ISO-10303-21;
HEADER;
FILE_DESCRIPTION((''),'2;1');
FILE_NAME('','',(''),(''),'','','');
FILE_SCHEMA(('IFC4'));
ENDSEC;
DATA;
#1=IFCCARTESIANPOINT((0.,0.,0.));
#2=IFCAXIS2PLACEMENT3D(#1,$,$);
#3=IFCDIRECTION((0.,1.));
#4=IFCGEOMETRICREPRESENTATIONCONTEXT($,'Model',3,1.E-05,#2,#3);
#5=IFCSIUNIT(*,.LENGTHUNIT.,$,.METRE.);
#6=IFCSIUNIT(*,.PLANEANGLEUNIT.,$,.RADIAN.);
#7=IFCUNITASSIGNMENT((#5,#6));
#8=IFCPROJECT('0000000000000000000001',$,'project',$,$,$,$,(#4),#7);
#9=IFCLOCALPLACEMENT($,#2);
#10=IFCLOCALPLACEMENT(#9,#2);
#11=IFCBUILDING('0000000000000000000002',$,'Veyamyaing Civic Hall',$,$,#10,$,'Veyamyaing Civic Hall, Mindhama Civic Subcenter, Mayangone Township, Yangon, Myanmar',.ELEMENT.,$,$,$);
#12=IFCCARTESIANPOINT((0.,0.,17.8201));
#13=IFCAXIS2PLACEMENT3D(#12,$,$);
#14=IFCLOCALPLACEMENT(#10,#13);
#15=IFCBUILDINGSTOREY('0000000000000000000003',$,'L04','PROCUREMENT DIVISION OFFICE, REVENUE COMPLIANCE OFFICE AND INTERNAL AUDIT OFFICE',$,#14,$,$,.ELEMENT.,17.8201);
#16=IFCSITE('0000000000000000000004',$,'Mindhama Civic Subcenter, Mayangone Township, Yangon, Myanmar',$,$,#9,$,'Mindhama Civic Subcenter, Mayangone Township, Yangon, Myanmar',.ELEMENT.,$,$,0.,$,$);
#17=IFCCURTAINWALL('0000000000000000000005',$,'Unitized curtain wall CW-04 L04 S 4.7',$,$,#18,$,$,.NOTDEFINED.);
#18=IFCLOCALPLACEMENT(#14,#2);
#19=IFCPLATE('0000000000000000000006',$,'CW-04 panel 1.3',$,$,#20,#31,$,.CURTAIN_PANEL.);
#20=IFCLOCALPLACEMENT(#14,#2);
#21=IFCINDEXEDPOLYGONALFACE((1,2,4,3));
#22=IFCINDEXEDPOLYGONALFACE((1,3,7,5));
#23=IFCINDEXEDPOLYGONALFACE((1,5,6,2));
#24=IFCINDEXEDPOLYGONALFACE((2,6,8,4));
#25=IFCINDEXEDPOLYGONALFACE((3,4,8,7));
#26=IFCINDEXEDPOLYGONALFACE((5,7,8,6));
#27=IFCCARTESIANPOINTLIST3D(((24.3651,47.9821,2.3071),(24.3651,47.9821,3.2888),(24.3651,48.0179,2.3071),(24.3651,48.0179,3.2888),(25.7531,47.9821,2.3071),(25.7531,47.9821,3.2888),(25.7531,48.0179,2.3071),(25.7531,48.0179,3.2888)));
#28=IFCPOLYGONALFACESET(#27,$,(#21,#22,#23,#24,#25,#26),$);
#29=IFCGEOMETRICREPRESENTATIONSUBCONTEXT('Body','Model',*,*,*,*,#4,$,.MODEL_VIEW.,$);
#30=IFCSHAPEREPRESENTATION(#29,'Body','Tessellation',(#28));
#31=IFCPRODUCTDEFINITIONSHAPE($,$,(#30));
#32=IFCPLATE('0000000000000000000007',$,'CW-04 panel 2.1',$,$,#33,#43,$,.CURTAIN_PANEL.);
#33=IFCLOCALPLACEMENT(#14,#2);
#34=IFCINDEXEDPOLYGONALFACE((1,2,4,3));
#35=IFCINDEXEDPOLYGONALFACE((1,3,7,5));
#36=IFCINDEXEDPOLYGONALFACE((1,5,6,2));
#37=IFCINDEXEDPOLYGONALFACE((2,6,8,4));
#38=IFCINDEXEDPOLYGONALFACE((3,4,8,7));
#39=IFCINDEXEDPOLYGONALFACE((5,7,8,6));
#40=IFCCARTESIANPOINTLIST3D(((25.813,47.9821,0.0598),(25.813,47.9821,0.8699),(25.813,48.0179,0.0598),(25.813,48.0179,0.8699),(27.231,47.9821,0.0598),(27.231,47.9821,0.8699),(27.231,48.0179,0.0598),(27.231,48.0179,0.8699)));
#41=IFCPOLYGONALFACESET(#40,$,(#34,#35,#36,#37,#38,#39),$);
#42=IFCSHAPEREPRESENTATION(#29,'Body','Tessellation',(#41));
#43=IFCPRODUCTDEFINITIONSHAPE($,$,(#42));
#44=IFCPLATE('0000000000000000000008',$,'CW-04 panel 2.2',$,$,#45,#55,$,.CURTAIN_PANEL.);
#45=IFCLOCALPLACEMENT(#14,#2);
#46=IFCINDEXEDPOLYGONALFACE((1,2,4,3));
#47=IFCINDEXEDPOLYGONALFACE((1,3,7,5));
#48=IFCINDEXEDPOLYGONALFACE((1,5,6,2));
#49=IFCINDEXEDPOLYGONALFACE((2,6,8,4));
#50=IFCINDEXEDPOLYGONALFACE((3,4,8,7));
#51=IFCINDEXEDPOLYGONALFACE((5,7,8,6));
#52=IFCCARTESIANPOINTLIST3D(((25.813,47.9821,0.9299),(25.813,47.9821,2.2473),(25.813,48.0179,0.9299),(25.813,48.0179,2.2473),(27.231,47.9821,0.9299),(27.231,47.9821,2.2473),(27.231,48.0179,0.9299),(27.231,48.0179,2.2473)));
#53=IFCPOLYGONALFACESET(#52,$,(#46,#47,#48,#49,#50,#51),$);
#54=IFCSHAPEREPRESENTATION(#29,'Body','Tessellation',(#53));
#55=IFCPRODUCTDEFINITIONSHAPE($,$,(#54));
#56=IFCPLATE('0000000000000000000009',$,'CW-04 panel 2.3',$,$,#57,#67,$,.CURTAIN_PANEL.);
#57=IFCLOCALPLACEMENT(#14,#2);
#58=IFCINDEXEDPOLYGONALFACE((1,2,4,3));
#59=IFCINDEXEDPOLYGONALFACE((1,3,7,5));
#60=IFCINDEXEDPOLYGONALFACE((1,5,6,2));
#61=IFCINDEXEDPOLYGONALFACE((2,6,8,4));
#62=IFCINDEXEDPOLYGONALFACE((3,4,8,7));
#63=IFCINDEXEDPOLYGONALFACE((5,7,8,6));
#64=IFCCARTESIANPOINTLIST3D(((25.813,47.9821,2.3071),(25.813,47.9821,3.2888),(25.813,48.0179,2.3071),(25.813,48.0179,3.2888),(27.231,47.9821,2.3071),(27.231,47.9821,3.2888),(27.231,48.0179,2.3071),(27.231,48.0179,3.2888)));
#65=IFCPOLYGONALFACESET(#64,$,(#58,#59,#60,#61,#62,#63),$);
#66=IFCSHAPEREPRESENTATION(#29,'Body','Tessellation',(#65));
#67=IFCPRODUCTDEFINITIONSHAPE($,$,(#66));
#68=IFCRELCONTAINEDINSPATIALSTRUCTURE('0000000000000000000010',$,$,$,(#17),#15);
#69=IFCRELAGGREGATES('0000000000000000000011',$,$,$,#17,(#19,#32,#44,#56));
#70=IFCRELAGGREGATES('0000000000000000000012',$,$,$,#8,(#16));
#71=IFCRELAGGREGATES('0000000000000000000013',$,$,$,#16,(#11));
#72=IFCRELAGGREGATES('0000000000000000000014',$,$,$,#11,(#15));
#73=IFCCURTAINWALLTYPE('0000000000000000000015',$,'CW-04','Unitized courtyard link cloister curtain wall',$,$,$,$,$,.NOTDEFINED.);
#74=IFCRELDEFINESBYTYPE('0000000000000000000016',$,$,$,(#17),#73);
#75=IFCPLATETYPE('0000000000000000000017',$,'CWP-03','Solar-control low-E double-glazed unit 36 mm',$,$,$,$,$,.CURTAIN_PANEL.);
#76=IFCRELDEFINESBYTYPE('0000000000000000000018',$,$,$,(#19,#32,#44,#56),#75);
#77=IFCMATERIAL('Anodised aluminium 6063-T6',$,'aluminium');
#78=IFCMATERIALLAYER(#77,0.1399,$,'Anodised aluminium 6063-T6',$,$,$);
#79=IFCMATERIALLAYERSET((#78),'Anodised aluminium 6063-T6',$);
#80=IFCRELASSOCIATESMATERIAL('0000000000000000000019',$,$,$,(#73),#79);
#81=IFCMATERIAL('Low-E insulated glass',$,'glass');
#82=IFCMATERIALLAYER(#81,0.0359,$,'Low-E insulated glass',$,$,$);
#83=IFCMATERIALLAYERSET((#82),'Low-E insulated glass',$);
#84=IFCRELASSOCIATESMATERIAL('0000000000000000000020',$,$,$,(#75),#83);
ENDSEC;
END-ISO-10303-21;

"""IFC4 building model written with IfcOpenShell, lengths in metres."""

from ifc_helpers import new_model, si_unit, direction, frame, origin, origin_2d, place, context, subcontext, project, spatial, rectangle, extrude, material, layer, layer_set, type_object, element, aggregate, save


model = new_model("IFC4")

# Units and contexts
model_context = context("Model", 3, precision=1e-05, world=origin(), true_north=direction((0.0, 1.0)))
body_context = subcontext(model_context, "Body", "Model", "MODEL_VIEW")
ifc_project = project(units=[si_unit("LENGTHUNIT", "METRE"), si_unit("PLANEANGLEUNIT", "RADIAN")], contexts=[model_context])

# Site, building, storey
site_placement = place(None, origin())
site = spatial("IfcSite", under=ifc_project, at=site_placement, Name="Mindhama Civic Subcenter, Mayangone Township, Yangon, Myanmar", LongName="Mindhama Civic Subcenter, Mayangone Township, Yangon, Myanmar", CompositionType="ELEMENT", RefElevation=0.0)
building_placement = place(site_placement, origin())
building = spatial("IfcBuilding", under=site, at=building_placement, Name="Veyamyaing Civic Hall", LongName="Veyamyaing Civic Hall, Mindhama Civic Subcenter, Mayangone Township, Yangon, Myanmar", CompositionType="ELEMENT")
storey_placement = place(building_placement, frame((0.0, 0.0, 17.8201)))
storey = spatial("IfcBuildingStorey", under=building, at=storey_placement, Name="L04", Description="PROCUREMENT DIVISION OFFICE, REVENUE COMPLIANCE OFFICE AND INTERNAL AUDIT OFFICE", CompositionType="ELEMENT", Elevation=17.8201)

# Curtain wall
ifc_material_1 = material(Name="Anodised aluminium 6063-T6", Category="aluminium")
ifc_layer_1 = layer(ifc_material_1, 0.1399, Name="Anodised aluminium 6063-T6")
ifc_layer_set_1 = layer_set([ifc_layer_1], Name="Anodised aluminium 6063-T6")
curtain_wall_type = type_object("IfcCurtainWallType", Name="CW-04", Description="Unitized courtyard link cloister curtain wall", PredefinedType="NOTDEFINED", material=ifc_layer_set_1)
curtain_wall_1_placement = place(storey_placement, origin())
curtain_wall_1 = element("IfcCurtainWall", 1, at=curtain_wall_1_placement, inside=storey, type_object=curtain_wall_type, Name="Unitized curtain wall CW-04 L04 S 4.7", PredefinedType="NOTDEFINED")

# Plates
ifc_material_2 = material(Name="Low-E insulated glass", Category="glass")
ifc_layer_2 = layer(ifc_material_2, 0.0359, Name="Low-E insulated glass")
ifc_layer_set_2 = layer_set([ifc_layer_2], Name="Low-E insulated glass")
plate_type_1 = type_object("IfcPlateType", Name="CWP-03", Description="Solar-control low-E double-glazed unit 36 mm", PredefinedType="CURTAIN_PANEL", material=ifc_layer_set_2)
plate_1_placement = place(storey_placement, frame((25.0591, 48.0, 2.3071), z_axis=(0.0, 0.0, 1.0), x_axis=(1.0, 0.0, 0.0)))
plate_1 = element("IfcPlate", 2, at=plate_1_placement, type_object=plate_type_1, Name="CW-04 panel 1.3", PredefinedType="CURTAIN_PANEL", context=body_context, shape_type="SweptSolid", body=[
    extrude(rectangle(XDim=1.3879, YDim=0.0359, at=origin_2d()), origin(), (0.0, 0.0, 1.0), 0.9817),
])
plate_2_placement = place(storey_placement, frame((26.522, 48.0, 0.0598), z_axis=(0.0, 0.0, 1.0), x_axis=(1.0, 0.0, 0.0)))
plate_2 = element("IfcPlate", 3, at=plate_2_placement, type_object=plate_type_1, Name="CW-04 panel 2.1", PredefinedType="CURTAIN_PANEL", context=body_context, shape_type="SweptSolid", body=[
    extrude(rectangle(XDim=1.418, YDim=0.0359, at=origin_2d()), origin(), (0.0, 0.0, 1.0), 0.8101),
])
plate_3_placement = place(storey_placement, frame((26.522, 48.0, 0.9299), z_axis=(0.0, 0.0, 1.0), x_axis=(1.0, 0.0, 0.0)))
plate_3 = element("IfcPlate", 4, at=plate_3_placement, type_object=plate_type_1, Name="CW-04 panel 2.2", PredefinedType="CURTAIN_PANEL", context=body_context, shape_type="SweptSolid", body=[
    extrude(rectangle(XDim=1.418, YDim=0.0359, at=origin_2d()), origin(), (0.0, 0.0, 1.0), 1.3174),
])
plate_4_placement = place(storey_placement, frame((26.522, 48.0, 2.3071), z_axis=(0.0, 0.0, 1.0), x_axis=(1.0, 0.0, 0.0)))
plate_4 = element("IfcPlate", 5, at=plate_4_placement, type_object=plate_type_1, Name="CW-04 panel 2.3", PredefinedType="CURTAIN_PANEL", context=body_context, shape_type="SweptSolid", body=[
    extrude(rectangle(XDim=1.418, YDim=0.0359, at=origin_2d()), origin(), (0.0, 0.0, 1.0), 0.9817),
])
aggregate(curtain_wall_1, [plate_1, plate_2, plate_3, plate_4])

save(model, "model.ifc")
